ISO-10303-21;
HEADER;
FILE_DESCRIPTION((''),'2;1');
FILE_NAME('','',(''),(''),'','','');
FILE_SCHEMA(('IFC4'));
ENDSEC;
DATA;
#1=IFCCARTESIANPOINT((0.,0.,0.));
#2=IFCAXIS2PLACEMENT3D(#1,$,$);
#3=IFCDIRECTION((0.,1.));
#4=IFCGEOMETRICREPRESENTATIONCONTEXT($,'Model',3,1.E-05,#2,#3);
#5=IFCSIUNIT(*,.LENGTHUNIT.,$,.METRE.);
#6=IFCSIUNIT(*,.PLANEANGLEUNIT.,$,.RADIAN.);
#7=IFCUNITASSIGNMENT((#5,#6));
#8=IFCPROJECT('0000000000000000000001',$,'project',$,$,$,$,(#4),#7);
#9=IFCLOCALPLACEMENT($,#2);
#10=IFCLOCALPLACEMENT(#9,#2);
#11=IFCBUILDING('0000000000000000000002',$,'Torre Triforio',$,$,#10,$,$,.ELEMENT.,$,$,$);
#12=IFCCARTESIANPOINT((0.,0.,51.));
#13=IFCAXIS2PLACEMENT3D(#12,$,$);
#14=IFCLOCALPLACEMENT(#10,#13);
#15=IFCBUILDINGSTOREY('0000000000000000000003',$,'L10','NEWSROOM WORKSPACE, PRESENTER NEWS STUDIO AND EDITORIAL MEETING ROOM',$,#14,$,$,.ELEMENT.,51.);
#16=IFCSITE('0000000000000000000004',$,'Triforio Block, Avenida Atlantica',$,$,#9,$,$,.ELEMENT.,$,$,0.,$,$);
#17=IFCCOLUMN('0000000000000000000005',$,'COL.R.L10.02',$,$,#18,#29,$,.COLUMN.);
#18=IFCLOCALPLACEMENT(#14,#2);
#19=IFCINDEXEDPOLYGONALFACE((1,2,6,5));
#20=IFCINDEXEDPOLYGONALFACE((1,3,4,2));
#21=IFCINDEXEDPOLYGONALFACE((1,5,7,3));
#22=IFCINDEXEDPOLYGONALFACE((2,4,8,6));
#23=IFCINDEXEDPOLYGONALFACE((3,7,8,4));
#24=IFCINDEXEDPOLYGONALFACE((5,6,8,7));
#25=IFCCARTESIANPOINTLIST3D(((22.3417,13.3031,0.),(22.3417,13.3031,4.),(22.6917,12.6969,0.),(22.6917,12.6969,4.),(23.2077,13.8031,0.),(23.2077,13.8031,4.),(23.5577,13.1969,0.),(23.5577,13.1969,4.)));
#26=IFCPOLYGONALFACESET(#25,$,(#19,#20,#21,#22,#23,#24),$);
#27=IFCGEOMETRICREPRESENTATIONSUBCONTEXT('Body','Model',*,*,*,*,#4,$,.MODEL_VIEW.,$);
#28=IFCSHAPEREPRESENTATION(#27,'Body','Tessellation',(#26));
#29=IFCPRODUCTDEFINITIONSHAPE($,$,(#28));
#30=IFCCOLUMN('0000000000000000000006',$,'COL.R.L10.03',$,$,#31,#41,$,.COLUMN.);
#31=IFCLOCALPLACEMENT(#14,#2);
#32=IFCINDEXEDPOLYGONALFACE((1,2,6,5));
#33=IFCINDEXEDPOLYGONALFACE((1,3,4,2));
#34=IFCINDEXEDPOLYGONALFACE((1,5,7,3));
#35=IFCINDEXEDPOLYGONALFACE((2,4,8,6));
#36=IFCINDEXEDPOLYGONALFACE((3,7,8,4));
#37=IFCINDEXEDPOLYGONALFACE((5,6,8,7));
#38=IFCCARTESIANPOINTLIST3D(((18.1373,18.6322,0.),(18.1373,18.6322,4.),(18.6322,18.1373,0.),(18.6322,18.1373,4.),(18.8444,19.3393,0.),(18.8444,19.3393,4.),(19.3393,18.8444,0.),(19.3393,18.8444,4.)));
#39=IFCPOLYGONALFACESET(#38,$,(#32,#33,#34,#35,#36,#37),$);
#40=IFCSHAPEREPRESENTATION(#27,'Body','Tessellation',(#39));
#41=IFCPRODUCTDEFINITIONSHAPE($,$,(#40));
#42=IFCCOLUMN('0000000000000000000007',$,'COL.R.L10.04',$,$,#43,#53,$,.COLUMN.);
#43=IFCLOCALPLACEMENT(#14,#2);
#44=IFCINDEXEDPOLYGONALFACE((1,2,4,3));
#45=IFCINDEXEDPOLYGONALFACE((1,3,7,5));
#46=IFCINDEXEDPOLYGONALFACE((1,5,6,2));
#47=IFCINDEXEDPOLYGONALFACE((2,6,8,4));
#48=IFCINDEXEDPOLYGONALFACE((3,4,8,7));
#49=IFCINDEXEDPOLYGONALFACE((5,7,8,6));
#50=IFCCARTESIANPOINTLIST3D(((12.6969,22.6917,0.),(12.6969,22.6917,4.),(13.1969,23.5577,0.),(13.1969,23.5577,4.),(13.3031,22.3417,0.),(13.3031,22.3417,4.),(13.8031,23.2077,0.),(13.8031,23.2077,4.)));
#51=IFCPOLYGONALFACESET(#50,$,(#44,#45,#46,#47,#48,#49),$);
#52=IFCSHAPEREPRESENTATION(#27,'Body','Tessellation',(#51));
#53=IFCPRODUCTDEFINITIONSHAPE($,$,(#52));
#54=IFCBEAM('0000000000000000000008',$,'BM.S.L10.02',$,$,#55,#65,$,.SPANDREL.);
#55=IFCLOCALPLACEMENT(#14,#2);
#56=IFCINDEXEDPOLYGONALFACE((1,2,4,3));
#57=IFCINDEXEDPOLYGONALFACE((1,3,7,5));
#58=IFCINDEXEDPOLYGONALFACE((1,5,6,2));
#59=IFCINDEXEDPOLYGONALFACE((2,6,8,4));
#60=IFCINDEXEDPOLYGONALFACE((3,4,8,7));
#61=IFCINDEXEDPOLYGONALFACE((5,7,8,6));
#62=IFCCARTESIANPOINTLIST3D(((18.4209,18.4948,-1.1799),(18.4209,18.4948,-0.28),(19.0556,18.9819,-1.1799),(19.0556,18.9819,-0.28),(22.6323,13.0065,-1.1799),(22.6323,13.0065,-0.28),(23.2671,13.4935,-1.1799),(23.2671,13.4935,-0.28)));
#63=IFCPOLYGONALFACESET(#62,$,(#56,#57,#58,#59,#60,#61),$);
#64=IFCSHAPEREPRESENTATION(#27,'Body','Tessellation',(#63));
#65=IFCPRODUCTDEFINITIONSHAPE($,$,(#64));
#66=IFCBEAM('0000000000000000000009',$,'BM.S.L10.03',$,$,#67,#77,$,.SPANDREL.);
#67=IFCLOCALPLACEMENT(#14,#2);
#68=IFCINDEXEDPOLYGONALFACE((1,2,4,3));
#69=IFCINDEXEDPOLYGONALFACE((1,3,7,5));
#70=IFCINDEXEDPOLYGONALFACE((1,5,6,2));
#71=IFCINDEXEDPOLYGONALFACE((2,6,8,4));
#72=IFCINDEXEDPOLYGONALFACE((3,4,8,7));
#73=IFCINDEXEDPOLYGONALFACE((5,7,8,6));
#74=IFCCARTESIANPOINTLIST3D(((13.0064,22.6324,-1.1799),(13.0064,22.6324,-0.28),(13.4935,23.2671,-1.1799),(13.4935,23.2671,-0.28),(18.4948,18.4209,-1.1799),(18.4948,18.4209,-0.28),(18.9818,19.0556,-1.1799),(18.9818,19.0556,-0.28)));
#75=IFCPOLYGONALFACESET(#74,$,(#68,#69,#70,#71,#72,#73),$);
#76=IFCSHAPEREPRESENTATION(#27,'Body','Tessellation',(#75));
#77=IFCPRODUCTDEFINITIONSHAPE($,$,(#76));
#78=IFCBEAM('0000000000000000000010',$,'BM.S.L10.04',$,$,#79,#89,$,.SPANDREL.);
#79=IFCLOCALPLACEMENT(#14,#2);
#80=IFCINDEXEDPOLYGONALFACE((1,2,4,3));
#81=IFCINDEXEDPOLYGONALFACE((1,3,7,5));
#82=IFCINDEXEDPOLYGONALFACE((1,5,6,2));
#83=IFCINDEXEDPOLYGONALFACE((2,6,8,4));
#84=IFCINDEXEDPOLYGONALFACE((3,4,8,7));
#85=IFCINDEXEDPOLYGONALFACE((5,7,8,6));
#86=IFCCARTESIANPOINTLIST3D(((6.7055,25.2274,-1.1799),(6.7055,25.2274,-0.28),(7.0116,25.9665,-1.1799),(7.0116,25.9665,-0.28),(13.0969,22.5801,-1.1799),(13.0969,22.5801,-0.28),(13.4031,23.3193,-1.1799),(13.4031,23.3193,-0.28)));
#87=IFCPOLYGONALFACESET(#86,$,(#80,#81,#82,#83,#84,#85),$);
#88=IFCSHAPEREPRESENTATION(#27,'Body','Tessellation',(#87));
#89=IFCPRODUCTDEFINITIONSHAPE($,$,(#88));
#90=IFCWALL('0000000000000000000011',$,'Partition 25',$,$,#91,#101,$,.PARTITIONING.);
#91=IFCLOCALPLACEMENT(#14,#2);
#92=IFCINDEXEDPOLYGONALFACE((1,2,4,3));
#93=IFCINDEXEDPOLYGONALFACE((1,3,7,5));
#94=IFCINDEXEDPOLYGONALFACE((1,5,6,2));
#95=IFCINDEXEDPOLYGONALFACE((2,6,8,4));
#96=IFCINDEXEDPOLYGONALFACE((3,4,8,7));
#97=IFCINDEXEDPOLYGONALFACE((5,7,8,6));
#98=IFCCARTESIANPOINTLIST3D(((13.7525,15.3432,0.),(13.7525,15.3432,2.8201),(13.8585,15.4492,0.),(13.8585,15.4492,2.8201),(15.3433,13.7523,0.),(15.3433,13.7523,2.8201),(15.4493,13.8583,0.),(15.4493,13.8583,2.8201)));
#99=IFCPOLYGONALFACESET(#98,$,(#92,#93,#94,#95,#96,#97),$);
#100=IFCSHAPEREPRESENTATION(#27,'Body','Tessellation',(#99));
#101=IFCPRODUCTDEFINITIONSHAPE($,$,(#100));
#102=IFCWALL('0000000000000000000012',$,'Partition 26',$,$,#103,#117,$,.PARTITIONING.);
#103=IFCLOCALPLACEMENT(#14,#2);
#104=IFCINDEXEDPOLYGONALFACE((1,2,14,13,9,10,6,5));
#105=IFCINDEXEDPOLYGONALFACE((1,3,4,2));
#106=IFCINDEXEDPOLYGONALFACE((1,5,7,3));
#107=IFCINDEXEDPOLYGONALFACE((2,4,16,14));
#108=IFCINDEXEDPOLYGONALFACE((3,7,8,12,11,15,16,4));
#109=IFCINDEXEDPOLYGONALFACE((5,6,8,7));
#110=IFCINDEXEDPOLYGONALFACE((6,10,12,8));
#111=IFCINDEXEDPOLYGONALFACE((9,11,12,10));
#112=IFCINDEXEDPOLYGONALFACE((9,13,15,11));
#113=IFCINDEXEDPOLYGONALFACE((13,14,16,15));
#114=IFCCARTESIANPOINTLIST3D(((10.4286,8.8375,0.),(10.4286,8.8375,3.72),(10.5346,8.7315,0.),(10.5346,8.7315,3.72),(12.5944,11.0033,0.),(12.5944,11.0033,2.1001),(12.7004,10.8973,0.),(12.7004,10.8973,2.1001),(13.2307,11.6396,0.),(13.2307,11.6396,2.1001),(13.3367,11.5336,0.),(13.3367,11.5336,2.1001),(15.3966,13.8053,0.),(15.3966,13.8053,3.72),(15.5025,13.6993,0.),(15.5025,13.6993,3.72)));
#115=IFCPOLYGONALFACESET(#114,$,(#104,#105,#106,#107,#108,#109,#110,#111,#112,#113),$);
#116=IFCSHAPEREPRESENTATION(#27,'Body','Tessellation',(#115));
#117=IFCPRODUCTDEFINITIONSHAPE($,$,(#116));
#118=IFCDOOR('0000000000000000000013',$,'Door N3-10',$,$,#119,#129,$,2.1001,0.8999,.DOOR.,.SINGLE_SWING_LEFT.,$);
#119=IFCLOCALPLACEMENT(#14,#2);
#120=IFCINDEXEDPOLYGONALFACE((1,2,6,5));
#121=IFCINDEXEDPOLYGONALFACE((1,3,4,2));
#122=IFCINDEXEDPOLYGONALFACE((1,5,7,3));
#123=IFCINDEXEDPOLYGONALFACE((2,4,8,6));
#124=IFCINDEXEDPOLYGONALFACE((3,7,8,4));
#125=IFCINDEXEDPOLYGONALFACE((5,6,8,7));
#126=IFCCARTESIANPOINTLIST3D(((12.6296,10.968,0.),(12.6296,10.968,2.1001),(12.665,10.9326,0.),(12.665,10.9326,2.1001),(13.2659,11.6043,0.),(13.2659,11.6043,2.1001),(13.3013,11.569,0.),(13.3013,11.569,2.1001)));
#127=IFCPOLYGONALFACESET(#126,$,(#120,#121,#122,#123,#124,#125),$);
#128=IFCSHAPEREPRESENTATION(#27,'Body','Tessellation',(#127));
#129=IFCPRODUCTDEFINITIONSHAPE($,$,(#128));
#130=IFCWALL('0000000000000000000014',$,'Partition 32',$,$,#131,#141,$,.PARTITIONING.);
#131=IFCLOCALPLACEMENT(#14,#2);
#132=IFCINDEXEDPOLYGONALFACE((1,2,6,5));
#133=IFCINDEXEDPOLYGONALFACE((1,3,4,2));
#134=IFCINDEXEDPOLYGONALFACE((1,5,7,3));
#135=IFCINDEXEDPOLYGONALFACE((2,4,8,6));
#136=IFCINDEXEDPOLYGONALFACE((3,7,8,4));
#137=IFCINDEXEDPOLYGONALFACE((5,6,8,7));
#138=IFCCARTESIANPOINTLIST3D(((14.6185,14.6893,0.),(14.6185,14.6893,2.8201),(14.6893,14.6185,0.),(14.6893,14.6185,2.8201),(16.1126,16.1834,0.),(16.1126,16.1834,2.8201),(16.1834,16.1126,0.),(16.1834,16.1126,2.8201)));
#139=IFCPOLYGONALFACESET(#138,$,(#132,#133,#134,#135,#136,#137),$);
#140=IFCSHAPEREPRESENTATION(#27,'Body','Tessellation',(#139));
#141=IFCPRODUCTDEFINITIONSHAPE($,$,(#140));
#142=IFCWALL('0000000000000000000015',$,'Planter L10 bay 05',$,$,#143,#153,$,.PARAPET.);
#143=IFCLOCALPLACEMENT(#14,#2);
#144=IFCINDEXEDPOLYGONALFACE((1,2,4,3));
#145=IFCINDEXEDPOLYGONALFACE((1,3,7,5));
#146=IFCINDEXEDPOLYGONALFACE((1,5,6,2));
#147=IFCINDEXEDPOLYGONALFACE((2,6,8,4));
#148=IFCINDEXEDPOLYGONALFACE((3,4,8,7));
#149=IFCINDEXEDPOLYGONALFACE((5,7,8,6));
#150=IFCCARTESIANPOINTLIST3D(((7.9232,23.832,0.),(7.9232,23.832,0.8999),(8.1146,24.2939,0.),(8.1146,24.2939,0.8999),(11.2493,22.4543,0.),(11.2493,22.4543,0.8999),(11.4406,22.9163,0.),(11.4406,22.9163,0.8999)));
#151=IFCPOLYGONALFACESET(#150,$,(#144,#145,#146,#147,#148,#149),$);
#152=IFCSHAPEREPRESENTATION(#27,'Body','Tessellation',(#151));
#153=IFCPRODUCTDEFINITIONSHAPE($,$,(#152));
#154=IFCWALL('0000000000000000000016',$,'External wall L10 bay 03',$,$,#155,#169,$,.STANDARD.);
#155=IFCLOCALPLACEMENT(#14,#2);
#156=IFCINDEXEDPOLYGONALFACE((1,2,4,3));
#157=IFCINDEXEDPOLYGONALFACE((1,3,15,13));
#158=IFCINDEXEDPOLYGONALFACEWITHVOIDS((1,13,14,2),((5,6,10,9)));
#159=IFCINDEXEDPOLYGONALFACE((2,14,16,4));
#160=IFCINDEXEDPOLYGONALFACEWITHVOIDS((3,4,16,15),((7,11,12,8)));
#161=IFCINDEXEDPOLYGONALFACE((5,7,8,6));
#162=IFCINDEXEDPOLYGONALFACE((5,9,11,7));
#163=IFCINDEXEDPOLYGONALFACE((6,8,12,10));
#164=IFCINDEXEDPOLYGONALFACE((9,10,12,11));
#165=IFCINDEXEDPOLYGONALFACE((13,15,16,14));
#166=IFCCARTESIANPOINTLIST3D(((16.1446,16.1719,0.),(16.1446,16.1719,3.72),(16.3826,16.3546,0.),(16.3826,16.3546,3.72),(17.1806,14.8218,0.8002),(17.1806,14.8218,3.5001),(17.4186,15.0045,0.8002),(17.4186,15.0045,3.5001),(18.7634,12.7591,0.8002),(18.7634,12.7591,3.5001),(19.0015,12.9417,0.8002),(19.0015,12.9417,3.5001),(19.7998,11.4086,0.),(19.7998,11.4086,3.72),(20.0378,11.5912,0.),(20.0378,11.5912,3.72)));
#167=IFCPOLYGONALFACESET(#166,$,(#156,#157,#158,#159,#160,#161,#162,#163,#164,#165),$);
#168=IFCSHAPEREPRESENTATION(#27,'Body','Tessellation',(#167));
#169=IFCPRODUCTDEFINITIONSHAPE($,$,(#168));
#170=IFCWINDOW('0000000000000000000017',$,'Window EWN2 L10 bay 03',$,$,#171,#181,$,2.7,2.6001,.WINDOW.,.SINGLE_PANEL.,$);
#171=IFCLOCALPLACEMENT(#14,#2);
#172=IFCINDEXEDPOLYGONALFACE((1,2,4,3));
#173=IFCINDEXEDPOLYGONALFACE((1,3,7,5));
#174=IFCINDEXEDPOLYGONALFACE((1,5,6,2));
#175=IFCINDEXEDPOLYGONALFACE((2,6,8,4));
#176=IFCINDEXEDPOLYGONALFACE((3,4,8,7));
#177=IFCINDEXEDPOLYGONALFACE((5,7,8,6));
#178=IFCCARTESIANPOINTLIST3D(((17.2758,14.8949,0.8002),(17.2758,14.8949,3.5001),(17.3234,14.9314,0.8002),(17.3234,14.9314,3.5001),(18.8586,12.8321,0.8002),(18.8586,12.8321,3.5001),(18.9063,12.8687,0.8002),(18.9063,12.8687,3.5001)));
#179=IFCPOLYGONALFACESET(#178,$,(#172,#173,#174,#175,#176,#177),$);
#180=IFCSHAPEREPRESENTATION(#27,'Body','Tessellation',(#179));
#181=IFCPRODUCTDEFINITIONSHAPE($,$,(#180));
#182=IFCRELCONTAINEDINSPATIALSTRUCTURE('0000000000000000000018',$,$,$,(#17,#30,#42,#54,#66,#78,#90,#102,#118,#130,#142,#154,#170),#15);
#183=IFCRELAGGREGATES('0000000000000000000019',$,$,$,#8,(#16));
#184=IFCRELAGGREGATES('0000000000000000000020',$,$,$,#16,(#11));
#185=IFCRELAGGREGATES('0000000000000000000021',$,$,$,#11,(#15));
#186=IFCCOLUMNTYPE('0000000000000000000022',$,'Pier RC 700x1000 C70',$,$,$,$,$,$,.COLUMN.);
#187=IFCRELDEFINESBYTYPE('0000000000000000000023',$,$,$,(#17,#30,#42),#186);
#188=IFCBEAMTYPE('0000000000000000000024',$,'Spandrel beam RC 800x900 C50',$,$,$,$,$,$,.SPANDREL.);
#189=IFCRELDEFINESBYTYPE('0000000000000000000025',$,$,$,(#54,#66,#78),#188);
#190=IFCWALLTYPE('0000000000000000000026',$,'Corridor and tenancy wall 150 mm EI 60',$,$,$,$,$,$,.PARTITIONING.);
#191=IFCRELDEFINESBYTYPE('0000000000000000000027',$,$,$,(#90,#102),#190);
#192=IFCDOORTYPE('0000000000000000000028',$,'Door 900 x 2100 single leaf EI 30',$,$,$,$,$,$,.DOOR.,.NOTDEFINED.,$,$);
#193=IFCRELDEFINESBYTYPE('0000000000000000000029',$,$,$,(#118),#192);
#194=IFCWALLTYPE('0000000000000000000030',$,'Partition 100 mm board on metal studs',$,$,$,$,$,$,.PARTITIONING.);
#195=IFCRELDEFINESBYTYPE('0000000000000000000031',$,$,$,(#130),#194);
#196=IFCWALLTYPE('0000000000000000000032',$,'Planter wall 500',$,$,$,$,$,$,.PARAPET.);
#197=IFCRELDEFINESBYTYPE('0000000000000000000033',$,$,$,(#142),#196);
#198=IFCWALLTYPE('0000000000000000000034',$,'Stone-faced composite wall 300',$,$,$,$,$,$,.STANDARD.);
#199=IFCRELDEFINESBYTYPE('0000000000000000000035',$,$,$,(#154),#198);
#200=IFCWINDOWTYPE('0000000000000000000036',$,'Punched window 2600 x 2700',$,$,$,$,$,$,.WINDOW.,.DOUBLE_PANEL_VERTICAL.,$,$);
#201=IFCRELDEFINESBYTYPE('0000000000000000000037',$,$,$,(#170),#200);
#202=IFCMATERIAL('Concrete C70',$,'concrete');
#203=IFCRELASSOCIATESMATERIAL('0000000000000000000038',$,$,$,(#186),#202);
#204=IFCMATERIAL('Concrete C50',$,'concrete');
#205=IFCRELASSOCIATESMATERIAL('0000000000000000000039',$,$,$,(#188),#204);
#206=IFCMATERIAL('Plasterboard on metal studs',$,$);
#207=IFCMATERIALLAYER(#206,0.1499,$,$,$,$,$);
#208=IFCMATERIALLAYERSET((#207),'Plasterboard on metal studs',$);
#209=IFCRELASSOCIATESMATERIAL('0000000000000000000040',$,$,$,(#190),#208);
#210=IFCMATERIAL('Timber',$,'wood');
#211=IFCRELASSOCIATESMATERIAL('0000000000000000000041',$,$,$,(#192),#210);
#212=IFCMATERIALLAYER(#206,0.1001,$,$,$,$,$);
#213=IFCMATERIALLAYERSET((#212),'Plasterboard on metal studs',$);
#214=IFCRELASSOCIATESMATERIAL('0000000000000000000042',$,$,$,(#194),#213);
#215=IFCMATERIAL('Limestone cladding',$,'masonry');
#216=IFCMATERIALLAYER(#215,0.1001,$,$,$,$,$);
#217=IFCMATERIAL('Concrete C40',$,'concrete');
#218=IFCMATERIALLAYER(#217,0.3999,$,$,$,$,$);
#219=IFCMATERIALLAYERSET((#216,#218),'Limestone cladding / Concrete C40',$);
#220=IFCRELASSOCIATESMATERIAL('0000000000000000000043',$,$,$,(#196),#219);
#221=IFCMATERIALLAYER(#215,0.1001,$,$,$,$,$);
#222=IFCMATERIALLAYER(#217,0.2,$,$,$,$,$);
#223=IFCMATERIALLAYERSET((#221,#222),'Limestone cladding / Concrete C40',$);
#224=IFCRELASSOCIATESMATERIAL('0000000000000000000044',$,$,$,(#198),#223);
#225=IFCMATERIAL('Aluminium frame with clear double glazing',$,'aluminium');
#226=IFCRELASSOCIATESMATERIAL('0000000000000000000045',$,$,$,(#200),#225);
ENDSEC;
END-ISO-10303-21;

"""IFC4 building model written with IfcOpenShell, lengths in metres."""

from ifc_helpers import new_model, si_unit, direction, frame, frame_2d, origin, origin_2d, place, context, subcontext, project, spatial, rectangle, extrude, material, layer, layer_set, material_profile, profile_set, type_object, element, fill, save


model = new_model("IFC4")

# Units and contexts
model_context = context("Model", 3, precision=1e-05, world=origin(), true_north=direction((0.0, 1.0)))
body_context = subcontext(model_context, "Body", "Model", "MODEL_VIEW")
ifc_project = project(units=[si_unit("LENGTHUNIT", "METRE"), si_unit("PLANEANGLEUNIT", "RADIAN")], contexts=[model_context])

# Site, building, storey
site_placement = place(None, origin())
site = spatial("IfcSite", under=ifc_project, at=site_placement, Name="Triforio Block, Avenida Atlantica", CompositionType="ELEMENT", RefElevation=0.0)
building_placement = place(site_placement, origin())
building = spatial("IfcBuilding", under=site, at=building_placement, Name="Torre Triforio", CompositionType="ELEMENT")
storey_placement = place(building_placement, frame((0.0, 0.0, 51.0)))
storey = spatial("IfcBuildingStorey", under=building, at=storey_placement, Name="L10", Description="NEWSROOM WORKSPACE, PRESENTER NEWS STUDIO AND EDITORIAL MEETING ROOM", CompositionType="ELEMENT", Elevation=51.0)

# Columns
ifc_material_1 = material(Name="Concrete C70", Category="concrete")
ifc_material_profile_1 = material_profile(ifc_material_1, rectangle(XDim=0.7, YDim=1.0, at=origin_2d()), Name="RC 700x1000")
ifc_profile_set_1 = profile_set([ifc_material_profile_1], Name="Concrete C70")
column_type = type_object("IfcColumnType", Name="Pier RC 700x1000 C70", PredefinedType="COLUMN", material=ifc_profile_set_1)
for number, where, z_axis, x_axis, name in (
    (1, (22.9497, 13.25, 0.0), (0.0, 0.0, 1.0), (-0.5, 0.866025, 0.0), "COL.R.L10.02"),
    (2, (18.7383, 18.7383, 0.0), (0.0, 0.0, 1.0), (-0.707107, 0.707107, 0.0), "COL.R.L10.03"),
    (3, (13.25, 22.9497, 0.0), (0.0, 0.0, 1.0), (-0.866025, 0.5, 0.0), "COL.R.L10.04"),
):
    element("IfcColumn", number, at=place(storey_placement, frame(where, z_axis=z_axis, x_axis=x_axis)), inside=storey, type_object=column_type, Name=name, PredefinedType="COLUMN", context=body_context, shape_type="SweptSolid", body=[
        extrude(rectangle(XDim=0.7, YDim=1.0, at=origin_2d()), origin(), (0.0, 0.0, 1.0), 4.0),
    ])

# Beams
ifc_material_2 = material(Name="Concrete C50", Category="concrete")
ifc_material_profile_2 = material_profile(ifc_material_2, rectangle(XDim=0.8, YDim=0.8999, at=origin_2d()), Name="RC 800x900")
ifc_profile_set_2 = profile_set([ifc_material_profile_2], Name="Concrete C50")
beam_type = type_object("IfcBeamType", Name="Spandrel beam RC 800x900 C50", PredefinedType="SPANDREL", material=ifc_profile_set_2)
for number, where, z_axis, x_axis, name in (
    (4, (22.9497, 13.25, -0.73), (-0.608772, 0.793345, 0.0), (-0.793345, -0.608772, 0.0), "BM.S.L10.02"),
    (5, (18.7383, 18.7383, -0.73), (-0.793345, 0.608772, 0.0), (-0.608772, -0.793345, 0.0), "BM.S.L10.03"),
    (6, (13.25, 22.9497, -0.73), (-0.923888, 0.382662, 0.0), (-0.382662, -0.923888, 0.0), "BM.S.L10.04"),
):
    element("IfcBeam", number, at=place(storey_placement, frame(where, z_axis=z_axis, x_axis=x_axis)), inside=storey, type_object=beam_type, Name=name, PredefinedType="SPANDREL", context=body_context, shape_type="SweptSolid", body=[
        extrude(rectangle(XDim=0.8, YDim=0.8999, at=origin_2d()), origin(), (0.0, 0.0, 1.0), 6.918),
    ])

# Wall
ifc_material_3 = material(Name="Plasterboard on metal studs")
ifc_layer_1 = layer(ifc_material_3, 0.1499)
ifc_layer_set_1 = layer_set([ifc_layer_1], Name="Plasterboard on metal studs")
wall_type_1 = type_object("IfcWallType", Name="Corridor and tenancy wall 150 mm EI 60", PredefinedType="PARTITIONING", material=ifc_layer_set_1)
wall_1_placement = place(storey_placement, frame((13.8054, 15.3962, 0.0), z_axis=(0.0, 0.0, 1.0), x_axis=(0.707107, -0.707107, 0.0)))
element("IfcWall", 7, at=wall_1_placement, inside=storey, type_object=wall_type_1, Name="Partition 25", PredefinedType="PARTITIONING", context=body_context, shape_type="SweptSolid", body=[
    extrude(rectangle(XDim=2.2498, YDim=0.1499, at=frame_2d((1.125, 0.0))), origin(), (0.0, 0.0, 1.0), 2.8201),
])

# Wall, opening, door
wall_2_placement = place(storey_placement, frame((15.4495, 13.7522, 0.0), z_axis=(0.0, 0.0, 1.0), x_axis=(-0.707124, -0.707089, 0.0)))
wall_2 = element("IfcWall", 8, at=wall_2_placement, inside=storey, type_object=wall_type_1, Name="Partition 26", PredefinedType="PARTITIONING", context=body_context, shape_type="SweptSolid", body=[
    extrude(rectangle(XDim=7.0256, YDim=0.1499, at=frame_2d((3.5127, 0.0))), origin(), (0.0, 0.0, 1.0), 3.72),
])
opening_1_placement = place(wall_2_placement, frame((3.0627, 0.0, 0.0)))
opening_1 = element("IfcOpeningElement", 9, at=opening_1_placement, cuts=wall_2, PredefinedType="OPENING", context=body_context, shape_type="SweptSolid", body=[
    extrude(rectangle(XDim=0.8999, YDim=2.1001, at=frame_2d((0.45, 1.05))), frame((0.0, 0.085, 0.0), z_axis=(0.0, -1.0, 0.0), x_axis=(1.0, 0.0, 0.0)), (0.0, 0.0, 1.0), 0.1699),
])
ifc_material_4 = material(Name="Timber", Category="wood")
door_type_1 = type_object("IfcDoorType", Name="Door 900 x 2100 single leaf EI 30", OperationType="NOTDEFINED", PredefinedType="DOOR", material=ifc_material_4)
door_1_placement = place(opening_1_placement, origin())
door_1 = element("IfcDoor", 10, at=door_1_placement, inside=storey, type_object=door_type_1, Name="Door N3-10", OperationType="SINGLE_SWING_LEFT", OverallHeight=2.1001, OverallWidth=0.8999, PredefinedType="DOOR", context=body_context, shape_type="SweptSolid", body=[
    extrude(rectangle(XDim=0.8999, YDim=2.1001, at=frame_2d((0.45, 1.05))), frame((0.0, 0.0249, 0.0), z_axis=(0.0, -1.0, 0.0), x_axis=(1.0, 0.0, 0.0)), (0.0, 0.0, 1.0), 0.05),
])
fill(opening_1, door_1)

# Walls
ifc_layer_2 = layer(ifc_material_3, 0.1001)
ifc_layer_set_2 = layer_set([ifc_layer_2], Name="Plasterboard on metal studs")
wall_type_2 = type_object("IfcWallType", Name="Partition 100 mm board on metal studs", PredefinedType="PARTITIONING", material=ifc_layer_set_2)
wall_3_placement = place(storey_placement, frame((14.6538, 14.6538, 0.0), z_axis=(0.0, 0.0, 1.0), x_axis=(0.707107, 0.707107, 0.0)))
element("IfcWall", 11, at=wall_3_placement, inside=storey, type_object=wall_type_2, Name="Partition 32", PredefinedType="PARTITIONING", context=body_context, shape_type="SweptSolid", body=[
    extrude(rectangle(XDim=2.113, YDim=0.1001, at=frame_2d((1.0566, 0.0))), origin(), (0.0, 0.0, 1.0), 2.8201),
])
ifc_material_5 = material(Name="Limestone cladding", Category="masonry")
ifc_layer_3 = layer(ifc_material_5, 0.1001)
ifc_material_6 = material(Name="Concrete C40", Category="concrete")
ifc_layer_4 = layer(ifc_material_6, 0.3999)
ifc_layer_set_3 = layer_set([ifc_layer_3, ifc_layer_4], Name="Limestone cladding / Concrete C40")
wall_type_3 = type_object("IfcWallType", Name="Planter wall 500", PredefinedType="PARAPET", material=ifc_layer_set_3)
wall_4_placement = place(storey_placement, frame((11.345, 22.6853, 0.0), z_axis=(0.0, 0.0, 1.0), x_axis=(-0.923885, 0.382669, 0.0)))
element("IfcWall", 12, at=wall_4_placement, inside=storey, type_object=wall_type_3, Name="Planter L10 bay 05", PredefinedType="PARAPET", context=body_context, shape_type="SweptSolid", body=[
    extrude(rectangle(XDim=3.6001, YDim=0.5, at=frame_2d((1.8, 0.0))), origin(), (0.0, 0.0, 1.0), 0.8999),
])

# Wall, opening, window
ifc_layer_5 = layer(ifc_material_5, 0.1001)
ifc_layer_6 = layer(ifc_material_6, 0.2)
ifc_layer_set_4 = layer_set([ifc_layer_5, ifc_layer_6], Name="Limestone cladding / Concrete C40")
wall_type_4 = type_object("IfcWallType", Name="Stone-faced composite wall 300", PredefinedType="STANDARD", material=ifc_layer_set_4)
wall_5_placement = place(storey_placement, frame((19.9187, 11.5, 0.0), z_axis=(0.0, 0.0, 1.0), x_axis=(-0.608779, 0.79334, 0.0)))
wall_5 = element("IfcWall", 13, at=wall_5_placement, inside=storey, type_object=wall_type_4, Name="External wall L10 bay 03", PredefinedType="STANDARD", context=body_context, shape_type="SweptSolid", body=[
    extrude(rectangle(XDim=6.0042, YDim=0.3, at=frame_2d((3.002, 0.0))), origin(), (0.0, 0.0, 1.0), 3.72),
])
opening_2_placement = place(wall_5_placement, frame((1.7021, 0.0, 0.8)))
opening_2 = element("IfcOpeningElement", 14, at=opening_2_placement, cuts=wall_5, PredefinedType="OPENING", context=body_context, shape_type="SweptSolid", body=[
    extrude(rectangle(XDim=2.6001, YDim=2.7, at=frame_2d((1.3, 1.3501))), frame((0.0, 0.1599, 0.0), z_axis=(0.0, -1.0, 0.0), x_axis=(1.0, 0.0, 0.0)), (0.0, 0.0, 1.0), 0.3201),
])
ifc_material_7 = material(Name="Aluminium frame with clear double glazing", Category="aluminium")
window_type_1 = type_object("IfcWindowType", Name="Punched window 2600 x 2700", PartitioningType="DOUBLE_PANEL_VERTICAL", PredefinedType="WINDOW", material=ifc_material_7)
window_1_placement = place(opening_2_placement, origin())
window_1 = element("IfcWindow", 15, at=window_1_placement, inside=storey, type_object=window_type_1, Name="Window EWN2 L10 bay 03", OverallHeight=2.7, OverallWidth=2.6001, PartitioningType="SINGLE_PANEL", PredefinedType="WINDOW", context=body_context, shape_type="SweptSolid", body=[
    extrude(rectangle(XDim=2.6001, YDim=2.7, at=frame_2d((1.3, 1.3501))), frame((0.0, 0.03, 0.0), z_axis=(0.0, -1.0, 0.0), x_axis=(1.0, 0.0, 0.0)), (0.0, 0.0, 1.0), 0.0601),
])
fill(opening_2, window_1)

save(model, "model.ifc")
